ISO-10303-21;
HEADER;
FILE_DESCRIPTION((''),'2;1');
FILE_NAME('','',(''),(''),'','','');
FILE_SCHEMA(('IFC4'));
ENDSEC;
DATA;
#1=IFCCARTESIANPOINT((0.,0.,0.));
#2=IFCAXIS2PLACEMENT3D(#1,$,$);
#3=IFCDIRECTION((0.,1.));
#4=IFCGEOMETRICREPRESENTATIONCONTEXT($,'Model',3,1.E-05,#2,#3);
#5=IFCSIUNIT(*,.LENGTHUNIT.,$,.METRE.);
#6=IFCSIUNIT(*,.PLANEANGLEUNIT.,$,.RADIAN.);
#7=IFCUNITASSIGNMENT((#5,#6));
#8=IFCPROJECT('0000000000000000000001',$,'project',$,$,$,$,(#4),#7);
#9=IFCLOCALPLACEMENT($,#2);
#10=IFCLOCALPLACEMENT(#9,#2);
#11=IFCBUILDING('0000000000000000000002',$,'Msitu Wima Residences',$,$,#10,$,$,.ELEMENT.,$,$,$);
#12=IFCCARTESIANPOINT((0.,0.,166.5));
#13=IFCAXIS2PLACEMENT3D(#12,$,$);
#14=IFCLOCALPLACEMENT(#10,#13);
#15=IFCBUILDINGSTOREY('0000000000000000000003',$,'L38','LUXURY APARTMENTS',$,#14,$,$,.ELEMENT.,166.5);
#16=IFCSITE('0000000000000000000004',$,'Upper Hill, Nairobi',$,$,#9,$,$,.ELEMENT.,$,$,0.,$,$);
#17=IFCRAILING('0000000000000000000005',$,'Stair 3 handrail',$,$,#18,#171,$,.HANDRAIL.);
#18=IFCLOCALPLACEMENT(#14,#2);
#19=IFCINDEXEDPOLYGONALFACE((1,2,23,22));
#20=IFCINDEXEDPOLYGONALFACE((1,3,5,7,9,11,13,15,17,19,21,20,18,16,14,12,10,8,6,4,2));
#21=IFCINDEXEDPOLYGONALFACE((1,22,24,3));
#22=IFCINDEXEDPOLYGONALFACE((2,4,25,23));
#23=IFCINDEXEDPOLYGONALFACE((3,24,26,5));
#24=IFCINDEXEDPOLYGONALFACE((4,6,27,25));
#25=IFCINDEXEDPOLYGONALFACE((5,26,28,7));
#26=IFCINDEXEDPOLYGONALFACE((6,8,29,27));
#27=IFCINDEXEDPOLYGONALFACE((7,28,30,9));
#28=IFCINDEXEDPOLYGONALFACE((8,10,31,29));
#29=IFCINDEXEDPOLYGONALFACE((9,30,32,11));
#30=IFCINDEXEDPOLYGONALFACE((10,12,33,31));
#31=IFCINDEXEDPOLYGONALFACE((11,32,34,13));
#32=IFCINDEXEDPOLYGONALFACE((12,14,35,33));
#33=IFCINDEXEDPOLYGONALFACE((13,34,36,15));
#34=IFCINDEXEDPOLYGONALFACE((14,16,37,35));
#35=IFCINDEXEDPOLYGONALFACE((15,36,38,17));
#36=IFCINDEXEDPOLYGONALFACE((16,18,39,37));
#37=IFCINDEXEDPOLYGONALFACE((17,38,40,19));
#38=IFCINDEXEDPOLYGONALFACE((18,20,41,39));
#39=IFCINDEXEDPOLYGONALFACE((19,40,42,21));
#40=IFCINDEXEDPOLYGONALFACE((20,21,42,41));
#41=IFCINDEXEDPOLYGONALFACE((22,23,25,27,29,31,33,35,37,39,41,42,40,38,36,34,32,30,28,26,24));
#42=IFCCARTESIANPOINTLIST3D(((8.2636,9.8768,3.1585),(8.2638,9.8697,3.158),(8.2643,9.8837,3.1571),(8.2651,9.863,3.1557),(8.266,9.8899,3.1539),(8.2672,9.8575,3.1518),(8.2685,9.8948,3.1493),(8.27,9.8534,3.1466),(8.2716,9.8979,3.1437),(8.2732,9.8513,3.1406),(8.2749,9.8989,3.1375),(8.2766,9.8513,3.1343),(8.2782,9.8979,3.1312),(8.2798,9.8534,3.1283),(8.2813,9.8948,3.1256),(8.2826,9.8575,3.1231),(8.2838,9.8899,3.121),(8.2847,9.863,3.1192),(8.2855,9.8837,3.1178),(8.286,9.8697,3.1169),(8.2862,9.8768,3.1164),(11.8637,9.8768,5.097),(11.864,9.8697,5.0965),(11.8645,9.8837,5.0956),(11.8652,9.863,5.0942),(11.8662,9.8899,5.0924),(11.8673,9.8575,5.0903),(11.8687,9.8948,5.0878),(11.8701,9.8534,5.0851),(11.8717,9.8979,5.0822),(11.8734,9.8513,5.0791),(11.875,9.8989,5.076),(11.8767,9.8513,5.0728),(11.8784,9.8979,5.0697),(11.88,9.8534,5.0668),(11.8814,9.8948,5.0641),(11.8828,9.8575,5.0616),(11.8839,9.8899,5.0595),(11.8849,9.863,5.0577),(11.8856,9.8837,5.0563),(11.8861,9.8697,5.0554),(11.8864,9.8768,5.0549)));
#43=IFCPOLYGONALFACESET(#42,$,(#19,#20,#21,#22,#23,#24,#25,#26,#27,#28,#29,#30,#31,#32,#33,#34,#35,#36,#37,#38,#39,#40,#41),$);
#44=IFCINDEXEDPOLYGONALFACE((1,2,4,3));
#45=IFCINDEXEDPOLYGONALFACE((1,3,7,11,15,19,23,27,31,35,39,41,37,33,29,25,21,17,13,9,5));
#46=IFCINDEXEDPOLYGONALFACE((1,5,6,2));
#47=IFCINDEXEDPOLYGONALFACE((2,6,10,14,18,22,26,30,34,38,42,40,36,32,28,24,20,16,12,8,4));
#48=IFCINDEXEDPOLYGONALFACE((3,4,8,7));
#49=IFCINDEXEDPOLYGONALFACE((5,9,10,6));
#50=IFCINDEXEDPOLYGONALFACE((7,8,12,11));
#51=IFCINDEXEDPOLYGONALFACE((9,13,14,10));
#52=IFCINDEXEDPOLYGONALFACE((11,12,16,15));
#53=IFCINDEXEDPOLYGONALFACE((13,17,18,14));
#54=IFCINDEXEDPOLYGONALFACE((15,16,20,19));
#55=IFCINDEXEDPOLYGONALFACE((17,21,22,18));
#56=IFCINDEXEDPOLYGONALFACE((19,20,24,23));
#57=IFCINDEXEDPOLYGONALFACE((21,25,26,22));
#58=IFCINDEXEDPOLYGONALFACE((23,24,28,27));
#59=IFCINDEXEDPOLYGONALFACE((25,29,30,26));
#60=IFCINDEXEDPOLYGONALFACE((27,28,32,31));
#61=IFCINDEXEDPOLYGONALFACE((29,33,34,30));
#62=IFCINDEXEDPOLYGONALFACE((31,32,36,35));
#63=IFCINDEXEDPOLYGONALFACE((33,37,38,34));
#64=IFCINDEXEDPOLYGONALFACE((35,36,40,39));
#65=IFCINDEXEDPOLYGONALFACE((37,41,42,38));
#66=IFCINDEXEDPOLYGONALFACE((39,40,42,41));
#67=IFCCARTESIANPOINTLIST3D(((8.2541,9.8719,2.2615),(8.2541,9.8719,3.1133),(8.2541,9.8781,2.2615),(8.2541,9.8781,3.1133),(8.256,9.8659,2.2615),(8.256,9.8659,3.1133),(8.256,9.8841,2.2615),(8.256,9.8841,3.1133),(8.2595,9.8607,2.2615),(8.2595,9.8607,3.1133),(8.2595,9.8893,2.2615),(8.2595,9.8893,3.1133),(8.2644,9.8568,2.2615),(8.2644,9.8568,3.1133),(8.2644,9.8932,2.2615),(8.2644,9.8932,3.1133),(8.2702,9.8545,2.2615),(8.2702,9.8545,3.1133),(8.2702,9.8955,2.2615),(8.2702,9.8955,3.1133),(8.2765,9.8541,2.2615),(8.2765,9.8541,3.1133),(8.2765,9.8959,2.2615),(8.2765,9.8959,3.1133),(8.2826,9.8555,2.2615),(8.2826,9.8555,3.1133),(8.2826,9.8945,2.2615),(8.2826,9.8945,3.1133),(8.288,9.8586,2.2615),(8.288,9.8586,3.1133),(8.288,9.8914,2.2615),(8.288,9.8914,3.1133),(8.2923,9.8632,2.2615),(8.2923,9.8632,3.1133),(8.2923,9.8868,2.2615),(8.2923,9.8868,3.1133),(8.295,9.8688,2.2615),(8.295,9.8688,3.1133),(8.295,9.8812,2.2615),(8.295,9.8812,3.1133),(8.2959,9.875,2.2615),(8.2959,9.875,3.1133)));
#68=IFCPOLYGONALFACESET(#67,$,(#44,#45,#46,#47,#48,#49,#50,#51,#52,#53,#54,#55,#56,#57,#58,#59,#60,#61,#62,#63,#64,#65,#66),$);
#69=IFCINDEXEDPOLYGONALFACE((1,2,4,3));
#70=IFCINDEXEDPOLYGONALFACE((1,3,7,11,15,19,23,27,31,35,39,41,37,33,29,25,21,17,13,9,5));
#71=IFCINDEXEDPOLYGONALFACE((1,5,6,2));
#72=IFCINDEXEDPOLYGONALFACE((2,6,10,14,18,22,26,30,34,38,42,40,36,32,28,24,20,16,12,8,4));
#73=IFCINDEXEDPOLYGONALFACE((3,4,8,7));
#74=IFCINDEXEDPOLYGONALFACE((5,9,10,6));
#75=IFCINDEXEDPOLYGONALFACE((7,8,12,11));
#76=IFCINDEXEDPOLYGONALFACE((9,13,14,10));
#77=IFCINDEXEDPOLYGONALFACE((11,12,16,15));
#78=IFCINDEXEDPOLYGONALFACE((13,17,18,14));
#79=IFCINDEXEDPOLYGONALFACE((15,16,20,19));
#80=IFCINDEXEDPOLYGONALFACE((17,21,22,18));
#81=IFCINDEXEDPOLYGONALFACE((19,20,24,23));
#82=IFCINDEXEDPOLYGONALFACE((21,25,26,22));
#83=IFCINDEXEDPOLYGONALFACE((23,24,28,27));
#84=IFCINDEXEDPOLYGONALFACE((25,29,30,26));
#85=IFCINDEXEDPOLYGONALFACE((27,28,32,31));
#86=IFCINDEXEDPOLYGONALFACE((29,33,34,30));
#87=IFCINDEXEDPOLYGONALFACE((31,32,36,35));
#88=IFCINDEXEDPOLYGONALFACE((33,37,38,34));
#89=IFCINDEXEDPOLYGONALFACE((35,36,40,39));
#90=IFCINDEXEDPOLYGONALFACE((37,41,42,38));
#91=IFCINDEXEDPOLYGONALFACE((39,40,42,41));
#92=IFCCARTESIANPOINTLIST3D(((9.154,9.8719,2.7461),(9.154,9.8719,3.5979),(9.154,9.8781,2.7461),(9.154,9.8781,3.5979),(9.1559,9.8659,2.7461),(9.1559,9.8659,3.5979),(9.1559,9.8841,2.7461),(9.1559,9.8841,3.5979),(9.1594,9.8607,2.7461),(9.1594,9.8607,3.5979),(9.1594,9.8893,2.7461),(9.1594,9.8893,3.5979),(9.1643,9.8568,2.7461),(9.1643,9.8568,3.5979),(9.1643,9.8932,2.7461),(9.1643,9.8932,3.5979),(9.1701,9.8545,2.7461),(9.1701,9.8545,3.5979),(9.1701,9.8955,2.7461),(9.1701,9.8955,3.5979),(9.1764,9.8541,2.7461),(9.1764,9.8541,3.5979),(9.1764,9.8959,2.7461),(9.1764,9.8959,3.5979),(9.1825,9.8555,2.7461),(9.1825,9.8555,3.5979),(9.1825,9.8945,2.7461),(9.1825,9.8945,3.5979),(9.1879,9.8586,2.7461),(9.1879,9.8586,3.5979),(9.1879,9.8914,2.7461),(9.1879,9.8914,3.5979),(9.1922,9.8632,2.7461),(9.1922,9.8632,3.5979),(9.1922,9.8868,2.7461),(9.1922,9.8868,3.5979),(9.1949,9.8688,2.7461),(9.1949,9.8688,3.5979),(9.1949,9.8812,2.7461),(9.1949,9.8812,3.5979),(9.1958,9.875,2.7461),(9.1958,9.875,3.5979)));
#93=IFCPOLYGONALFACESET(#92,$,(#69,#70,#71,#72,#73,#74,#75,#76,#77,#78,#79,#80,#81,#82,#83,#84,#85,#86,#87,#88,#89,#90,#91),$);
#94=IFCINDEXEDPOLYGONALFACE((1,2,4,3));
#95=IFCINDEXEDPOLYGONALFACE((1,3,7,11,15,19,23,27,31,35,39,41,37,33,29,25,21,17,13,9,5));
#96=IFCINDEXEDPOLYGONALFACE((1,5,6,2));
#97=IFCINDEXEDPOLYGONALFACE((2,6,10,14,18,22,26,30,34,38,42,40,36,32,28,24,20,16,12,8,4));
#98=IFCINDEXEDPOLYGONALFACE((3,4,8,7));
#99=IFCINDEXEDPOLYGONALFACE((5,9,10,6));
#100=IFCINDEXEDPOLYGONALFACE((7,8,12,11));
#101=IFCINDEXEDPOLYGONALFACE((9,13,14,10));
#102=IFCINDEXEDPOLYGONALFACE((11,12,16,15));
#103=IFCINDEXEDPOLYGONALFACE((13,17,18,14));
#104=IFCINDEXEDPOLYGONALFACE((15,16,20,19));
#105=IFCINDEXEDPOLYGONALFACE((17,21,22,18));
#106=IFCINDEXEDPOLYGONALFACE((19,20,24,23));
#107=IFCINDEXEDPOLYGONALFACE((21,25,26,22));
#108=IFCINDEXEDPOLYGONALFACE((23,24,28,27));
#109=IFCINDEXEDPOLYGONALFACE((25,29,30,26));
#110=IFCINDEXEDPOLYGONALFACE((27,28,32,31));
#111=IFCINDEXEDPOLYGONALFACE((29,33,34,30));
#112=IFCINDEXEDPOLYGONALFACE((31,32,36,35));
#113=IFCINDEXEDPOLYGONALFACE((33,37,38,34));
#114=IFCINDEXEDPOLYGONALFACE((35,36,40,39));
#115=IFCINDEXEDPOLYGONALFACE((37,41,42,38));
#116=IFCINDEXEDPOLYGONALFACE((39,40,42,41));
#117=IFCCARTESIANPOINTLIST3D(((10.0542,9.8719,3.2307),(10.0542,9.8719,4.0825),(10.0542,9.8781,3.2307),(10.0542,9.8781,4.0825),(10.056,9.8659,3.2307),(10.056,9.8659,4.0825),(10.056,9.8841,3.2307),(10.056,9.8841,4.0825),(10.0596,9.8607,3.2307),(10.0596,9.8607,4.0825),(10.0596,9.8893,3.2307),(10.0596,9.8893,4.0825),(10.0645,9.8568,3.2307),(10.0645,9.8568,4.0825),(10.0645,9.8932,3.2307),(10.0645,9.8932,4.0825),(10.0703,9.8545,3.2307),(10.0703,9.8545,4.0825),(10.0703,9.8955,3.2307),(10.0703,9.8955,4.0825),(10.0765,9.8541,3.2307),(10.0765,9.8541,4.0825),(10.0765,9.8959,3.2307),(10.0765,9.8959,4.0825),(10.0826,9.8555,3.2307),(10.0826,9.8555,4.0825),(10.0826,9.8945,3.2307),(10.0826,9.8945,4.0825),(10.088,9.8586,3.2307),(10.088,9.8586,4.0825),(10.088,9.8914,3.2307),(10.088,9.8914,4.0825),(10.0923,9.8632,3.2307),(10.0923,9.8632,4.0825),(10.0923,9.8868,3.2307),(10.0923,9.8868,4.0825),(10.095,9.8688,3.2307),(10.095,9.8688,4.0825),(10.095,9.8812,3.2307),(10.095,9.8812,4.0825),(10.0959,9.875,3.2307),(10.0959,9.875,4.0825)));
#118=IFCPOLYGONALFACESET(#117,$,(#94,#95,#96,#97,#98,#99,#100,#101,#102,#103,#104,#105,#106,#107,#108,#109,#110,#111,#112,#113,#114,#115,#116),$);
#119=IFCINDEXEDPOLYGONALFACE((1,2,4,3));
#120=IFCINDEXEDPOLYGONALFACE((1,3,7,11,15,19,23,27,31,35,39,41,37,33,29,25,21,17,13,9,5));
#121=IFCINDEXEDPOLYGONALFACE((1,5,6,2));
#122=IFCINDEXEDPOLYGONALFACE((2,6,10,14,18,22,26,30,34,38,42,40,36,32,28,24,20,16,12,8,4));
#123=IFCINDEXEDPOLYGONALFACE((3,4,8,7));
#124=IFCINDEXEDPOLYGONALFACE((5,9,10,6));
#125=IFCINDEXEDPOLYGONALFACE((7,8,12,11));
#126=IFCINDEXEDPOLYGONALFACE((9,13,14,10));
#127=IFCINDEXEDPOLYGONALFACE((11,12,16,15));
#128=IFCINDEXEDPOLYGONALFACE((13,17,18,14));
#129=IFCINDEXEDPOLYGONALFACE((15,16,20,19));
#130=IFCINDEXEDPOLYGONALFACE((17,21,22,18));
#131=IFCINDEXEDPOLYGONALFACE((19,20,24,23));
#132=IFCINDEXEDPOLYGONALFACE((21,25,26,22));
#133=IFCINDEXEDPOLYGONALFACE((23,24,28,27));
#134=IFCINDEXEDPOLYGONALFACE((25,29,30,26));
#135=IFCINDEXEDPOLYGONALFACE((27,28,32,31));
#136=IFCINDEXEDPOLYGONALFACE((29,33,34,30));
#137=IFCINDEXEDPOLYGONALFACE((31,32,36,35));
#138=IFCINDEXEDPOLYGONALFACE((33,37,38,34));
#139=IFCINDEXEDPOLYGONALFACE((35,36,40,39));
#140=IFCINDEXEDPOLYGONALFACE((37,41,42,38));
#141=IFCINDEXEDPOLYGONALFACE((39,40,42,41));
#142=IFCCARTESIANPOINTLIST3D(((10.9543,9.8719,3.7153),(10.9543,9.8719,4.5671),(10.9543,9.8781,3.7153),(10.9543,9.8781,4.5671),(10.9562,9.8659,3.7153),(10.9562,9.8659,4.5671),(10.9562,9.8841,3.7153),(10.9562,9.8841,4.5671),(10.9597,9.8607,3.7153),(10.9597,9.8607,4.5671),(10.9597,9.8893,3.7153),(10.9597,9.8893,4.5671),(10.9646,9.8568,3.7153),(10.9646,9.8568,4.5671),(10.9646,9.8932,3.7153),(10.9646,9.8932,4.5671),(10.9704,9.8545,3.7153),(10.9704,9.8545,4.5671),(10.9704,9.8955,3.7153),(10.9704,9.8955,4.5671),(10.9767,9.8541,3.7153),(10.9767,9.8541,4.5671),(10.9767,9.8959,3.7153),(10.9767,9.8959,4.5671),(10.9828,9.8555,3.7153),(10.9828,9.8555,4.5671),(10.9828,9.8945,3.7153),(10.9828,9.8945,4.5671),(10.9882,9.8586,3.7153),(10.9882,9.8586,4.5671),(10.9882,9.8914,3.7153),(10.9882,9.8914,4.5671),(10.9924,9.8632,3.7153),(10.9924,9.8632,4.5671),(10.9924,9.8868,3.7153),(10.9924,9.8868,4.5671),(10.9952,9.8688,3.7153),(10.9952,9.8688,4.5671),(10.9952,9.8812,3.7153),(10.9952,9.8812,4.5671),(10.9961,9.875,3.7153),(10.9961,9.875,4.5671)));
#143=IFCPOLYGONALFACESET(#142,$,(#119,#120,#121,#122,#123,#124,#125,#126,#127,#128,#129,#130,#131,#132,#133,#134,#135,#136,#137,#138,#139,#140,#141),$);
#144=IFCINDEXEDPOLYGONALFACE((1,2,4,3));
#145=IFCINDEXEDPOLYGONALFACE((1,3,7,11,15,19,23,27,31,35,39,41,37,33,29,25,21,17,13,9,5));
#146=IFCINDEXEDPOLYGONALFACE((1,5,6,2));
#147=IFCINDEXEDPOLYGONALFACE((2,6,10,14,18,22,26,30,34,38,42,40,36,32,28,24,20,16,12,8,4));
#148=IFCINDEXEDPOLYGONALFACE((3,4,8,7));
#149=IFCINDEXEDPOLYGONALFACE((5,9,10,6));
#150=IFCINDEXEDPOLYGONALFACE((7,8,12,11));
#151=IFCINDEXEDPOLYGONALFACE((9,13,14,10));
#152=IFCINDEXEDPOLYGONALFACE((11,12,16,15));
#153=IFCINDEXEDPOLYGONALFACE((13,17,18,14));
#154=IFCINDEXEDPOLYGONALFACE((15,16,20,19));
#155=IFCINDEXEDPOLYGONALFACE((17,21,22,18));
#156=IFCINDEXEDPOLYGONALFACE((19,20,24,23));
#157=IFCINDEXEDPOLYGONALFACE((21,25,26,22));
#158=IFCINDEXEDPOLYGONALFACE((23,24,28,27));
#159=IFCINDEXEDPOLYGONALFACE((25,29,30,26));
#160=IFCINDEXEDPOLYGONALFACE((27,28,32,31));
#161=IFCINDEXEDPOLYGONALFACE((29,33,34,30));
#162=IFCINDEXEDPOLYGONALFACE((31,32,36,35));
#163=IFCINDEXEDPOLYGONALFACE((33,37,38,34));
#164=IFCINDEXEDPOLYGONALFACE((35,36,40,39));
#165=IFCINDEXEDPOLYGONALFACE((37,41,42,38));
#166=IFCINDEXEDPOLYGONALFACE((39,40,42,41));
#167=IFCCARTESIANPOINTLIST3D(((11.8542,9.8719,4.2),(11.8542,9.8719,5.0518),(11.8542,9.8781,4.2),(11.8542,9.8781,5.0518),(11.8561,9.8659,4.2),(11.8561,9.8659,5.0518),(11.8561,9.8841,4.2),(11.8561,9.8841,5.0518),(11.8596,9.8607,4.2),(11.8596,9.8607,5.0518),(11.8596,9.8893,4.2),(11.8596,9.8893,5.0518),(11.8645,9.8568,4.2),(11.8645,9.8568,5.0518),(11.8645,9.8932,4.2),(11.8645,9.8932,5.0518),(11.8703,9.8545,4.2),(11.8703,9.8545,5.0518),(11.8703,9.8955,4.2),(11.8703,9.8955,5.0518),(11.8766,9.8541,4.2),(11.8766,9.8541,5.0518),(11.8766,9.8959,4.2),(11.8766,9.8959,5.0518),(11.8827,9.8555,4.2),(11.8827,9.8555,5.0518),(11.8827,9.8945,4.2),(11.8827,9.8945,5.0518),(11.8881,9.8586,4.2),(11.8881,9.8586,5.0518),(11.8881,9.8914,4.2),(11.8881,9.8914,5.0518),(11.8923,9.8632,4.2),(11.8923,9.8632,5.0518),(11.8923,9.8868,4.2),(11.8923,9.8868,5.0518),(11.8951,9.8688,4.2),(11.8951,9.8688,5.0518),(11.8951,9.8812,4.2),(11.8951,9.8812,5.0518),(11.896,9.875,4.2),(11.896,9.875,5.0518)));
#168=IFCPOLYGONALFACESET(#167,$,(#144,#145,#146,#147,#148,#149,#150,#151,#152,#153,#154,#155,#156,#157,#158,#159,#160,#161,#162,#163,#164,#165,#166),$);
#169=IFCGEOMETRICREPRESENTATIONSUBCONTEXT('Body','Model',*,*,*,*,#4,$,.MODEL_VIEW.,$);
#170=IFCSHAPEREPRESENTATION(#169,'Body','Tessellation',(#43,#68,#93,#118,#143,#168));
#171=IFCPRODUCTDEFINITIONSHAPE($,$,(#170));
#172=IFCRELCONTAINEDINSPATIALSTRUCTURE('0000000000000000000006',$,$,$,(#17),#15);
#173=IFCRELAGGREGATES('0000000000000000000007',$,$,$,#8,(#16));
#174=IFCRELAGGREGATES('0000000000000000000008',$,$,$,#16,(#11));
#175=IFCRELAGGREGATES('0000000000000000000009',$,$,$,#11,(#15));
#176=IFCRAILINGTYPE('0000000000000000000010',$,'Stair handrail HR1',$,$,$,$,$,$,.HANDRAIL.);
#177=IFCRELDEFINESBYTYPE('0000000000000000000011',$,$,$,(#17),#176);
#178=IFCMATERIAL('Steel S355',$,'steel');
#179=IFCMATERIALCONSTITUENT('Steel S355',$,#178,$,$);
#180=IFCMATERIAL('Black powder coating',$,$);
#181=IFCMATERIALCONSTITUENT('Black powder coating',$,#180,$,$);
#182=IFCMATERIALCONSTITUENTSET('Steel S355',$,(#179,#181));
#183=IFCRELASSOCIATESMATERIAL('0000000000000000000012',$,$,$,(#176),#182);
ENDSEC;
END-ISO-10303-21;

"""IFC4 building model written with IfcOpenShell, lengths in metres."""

from ifc_helpers import new_model, si_unit, direction, frame, origin, origin_2d, place, context, subcontext, project, spatial, circle, extrude, material, constituent, constituent_set, type_object, element, save


model = new_model("IFC4")

# Units and contexts
model_context = context("Model", 3, precision=1e-05, world=origin(), true_north=direction((0.0, 1.0)))
body_context = subcontext(model_context, "Body", "Model", "MODEL_VIEW")
ifc_project = project(units=[si_unit("LENGTHUNIT", "METRE"), si_unit("PLANEANGLEUNIT", "RADIAN")], contexts=[model_context])

# Site, building, storey
site_placement = place(None, origin())
site = spatial("IfcSite", under=ifc_project, at=site_placement, Name="Upper Hill, Nairobi", CompositionType="ELEMENT", RefElevation=0.0)
building_placement = place(site_placement, origin())
building = spatial("IfcBuilding", under=site, at=building_placement, Name="Msitu Wima Residences", CompositionType="ELEMENT")
storey_placement = place(building_placement, frame((0.0, 0.0, 166.5)))
storey = spatial("IfcBuildingStorey", under=building, at=storey_placement, Name="L38", Description="LUXURY APARTMENTS", CompositionType="ELEMENT", Elevation=166.5)

# Railing
ifc_material_1 = material(Name="Steel S355", Category="steel")
ifc_constituent_1 = constituent(ifc_material_1, Name="Steel S355")
ifc_material_2 = material(Name="Black powder coating")
ifc_constituent_2 = constituent(ifc_material_2, Name="Black powder coating")
ifc_constituent_set = constituent_set(constituents=[ifc_constituent_1, ifc_constituent_2], Name="Steel S355")
railing_type = type_object("IfcRailingType", Name="Stair handrail HR1", PredefinedType="HANDRAIL", material=ifc_constituent_set)
for number, where, name in (
    (1, (8.2749, 9.875, 2.2615), "Stair 3 handrail"),
):
    element("IfcRailing", number, at=place(storey_placement, frame(where)), inside=storey, type_object=railing_type, Name=name, PredefinedType="HANDRAIL", context=body_context, shape_type="SweptSolid", body=[
        extrude(circle(Radius=0.0239, at=origin_2d()), frame((0.0, 0.0, 0.876), z_axis=(0.880475, 0.0, 0.474093), x_axis=(0.0, 1.0, 0.0)), (0.0, 0.0, 1.0), 4.0889),
        extrude(circle(Radius=0.021, at=origin_2d()), origin(), (0.0, 0.0, 1.0), 0.8518),
        extrude(circle(Radius=0.021, at=origin_2d()), frame((0.8999, 0.0, 0.4846)), (0.0, 0.0, 1.0), 0.8518),
        extrude(circle(Radius=0.021, at=origin_2d()), frame((1.8, 0.0, 0.9692)), (0.0, 0.0, 1.0), 0.8518),
        extrude(circle(Radius=0.021, at=origin_2d()), frame((2.7002, 0.0, 1.4539)), (0.0, 0.0, 1.0), 0.8518),
        extrude(circle(Radius=0.021, at=origin_2d()), frame((3.6001, 0.0, 1.9385)), (0.0, 0.0, 1.0), 0.8518),
    ])

save(model, "model.ifc")
